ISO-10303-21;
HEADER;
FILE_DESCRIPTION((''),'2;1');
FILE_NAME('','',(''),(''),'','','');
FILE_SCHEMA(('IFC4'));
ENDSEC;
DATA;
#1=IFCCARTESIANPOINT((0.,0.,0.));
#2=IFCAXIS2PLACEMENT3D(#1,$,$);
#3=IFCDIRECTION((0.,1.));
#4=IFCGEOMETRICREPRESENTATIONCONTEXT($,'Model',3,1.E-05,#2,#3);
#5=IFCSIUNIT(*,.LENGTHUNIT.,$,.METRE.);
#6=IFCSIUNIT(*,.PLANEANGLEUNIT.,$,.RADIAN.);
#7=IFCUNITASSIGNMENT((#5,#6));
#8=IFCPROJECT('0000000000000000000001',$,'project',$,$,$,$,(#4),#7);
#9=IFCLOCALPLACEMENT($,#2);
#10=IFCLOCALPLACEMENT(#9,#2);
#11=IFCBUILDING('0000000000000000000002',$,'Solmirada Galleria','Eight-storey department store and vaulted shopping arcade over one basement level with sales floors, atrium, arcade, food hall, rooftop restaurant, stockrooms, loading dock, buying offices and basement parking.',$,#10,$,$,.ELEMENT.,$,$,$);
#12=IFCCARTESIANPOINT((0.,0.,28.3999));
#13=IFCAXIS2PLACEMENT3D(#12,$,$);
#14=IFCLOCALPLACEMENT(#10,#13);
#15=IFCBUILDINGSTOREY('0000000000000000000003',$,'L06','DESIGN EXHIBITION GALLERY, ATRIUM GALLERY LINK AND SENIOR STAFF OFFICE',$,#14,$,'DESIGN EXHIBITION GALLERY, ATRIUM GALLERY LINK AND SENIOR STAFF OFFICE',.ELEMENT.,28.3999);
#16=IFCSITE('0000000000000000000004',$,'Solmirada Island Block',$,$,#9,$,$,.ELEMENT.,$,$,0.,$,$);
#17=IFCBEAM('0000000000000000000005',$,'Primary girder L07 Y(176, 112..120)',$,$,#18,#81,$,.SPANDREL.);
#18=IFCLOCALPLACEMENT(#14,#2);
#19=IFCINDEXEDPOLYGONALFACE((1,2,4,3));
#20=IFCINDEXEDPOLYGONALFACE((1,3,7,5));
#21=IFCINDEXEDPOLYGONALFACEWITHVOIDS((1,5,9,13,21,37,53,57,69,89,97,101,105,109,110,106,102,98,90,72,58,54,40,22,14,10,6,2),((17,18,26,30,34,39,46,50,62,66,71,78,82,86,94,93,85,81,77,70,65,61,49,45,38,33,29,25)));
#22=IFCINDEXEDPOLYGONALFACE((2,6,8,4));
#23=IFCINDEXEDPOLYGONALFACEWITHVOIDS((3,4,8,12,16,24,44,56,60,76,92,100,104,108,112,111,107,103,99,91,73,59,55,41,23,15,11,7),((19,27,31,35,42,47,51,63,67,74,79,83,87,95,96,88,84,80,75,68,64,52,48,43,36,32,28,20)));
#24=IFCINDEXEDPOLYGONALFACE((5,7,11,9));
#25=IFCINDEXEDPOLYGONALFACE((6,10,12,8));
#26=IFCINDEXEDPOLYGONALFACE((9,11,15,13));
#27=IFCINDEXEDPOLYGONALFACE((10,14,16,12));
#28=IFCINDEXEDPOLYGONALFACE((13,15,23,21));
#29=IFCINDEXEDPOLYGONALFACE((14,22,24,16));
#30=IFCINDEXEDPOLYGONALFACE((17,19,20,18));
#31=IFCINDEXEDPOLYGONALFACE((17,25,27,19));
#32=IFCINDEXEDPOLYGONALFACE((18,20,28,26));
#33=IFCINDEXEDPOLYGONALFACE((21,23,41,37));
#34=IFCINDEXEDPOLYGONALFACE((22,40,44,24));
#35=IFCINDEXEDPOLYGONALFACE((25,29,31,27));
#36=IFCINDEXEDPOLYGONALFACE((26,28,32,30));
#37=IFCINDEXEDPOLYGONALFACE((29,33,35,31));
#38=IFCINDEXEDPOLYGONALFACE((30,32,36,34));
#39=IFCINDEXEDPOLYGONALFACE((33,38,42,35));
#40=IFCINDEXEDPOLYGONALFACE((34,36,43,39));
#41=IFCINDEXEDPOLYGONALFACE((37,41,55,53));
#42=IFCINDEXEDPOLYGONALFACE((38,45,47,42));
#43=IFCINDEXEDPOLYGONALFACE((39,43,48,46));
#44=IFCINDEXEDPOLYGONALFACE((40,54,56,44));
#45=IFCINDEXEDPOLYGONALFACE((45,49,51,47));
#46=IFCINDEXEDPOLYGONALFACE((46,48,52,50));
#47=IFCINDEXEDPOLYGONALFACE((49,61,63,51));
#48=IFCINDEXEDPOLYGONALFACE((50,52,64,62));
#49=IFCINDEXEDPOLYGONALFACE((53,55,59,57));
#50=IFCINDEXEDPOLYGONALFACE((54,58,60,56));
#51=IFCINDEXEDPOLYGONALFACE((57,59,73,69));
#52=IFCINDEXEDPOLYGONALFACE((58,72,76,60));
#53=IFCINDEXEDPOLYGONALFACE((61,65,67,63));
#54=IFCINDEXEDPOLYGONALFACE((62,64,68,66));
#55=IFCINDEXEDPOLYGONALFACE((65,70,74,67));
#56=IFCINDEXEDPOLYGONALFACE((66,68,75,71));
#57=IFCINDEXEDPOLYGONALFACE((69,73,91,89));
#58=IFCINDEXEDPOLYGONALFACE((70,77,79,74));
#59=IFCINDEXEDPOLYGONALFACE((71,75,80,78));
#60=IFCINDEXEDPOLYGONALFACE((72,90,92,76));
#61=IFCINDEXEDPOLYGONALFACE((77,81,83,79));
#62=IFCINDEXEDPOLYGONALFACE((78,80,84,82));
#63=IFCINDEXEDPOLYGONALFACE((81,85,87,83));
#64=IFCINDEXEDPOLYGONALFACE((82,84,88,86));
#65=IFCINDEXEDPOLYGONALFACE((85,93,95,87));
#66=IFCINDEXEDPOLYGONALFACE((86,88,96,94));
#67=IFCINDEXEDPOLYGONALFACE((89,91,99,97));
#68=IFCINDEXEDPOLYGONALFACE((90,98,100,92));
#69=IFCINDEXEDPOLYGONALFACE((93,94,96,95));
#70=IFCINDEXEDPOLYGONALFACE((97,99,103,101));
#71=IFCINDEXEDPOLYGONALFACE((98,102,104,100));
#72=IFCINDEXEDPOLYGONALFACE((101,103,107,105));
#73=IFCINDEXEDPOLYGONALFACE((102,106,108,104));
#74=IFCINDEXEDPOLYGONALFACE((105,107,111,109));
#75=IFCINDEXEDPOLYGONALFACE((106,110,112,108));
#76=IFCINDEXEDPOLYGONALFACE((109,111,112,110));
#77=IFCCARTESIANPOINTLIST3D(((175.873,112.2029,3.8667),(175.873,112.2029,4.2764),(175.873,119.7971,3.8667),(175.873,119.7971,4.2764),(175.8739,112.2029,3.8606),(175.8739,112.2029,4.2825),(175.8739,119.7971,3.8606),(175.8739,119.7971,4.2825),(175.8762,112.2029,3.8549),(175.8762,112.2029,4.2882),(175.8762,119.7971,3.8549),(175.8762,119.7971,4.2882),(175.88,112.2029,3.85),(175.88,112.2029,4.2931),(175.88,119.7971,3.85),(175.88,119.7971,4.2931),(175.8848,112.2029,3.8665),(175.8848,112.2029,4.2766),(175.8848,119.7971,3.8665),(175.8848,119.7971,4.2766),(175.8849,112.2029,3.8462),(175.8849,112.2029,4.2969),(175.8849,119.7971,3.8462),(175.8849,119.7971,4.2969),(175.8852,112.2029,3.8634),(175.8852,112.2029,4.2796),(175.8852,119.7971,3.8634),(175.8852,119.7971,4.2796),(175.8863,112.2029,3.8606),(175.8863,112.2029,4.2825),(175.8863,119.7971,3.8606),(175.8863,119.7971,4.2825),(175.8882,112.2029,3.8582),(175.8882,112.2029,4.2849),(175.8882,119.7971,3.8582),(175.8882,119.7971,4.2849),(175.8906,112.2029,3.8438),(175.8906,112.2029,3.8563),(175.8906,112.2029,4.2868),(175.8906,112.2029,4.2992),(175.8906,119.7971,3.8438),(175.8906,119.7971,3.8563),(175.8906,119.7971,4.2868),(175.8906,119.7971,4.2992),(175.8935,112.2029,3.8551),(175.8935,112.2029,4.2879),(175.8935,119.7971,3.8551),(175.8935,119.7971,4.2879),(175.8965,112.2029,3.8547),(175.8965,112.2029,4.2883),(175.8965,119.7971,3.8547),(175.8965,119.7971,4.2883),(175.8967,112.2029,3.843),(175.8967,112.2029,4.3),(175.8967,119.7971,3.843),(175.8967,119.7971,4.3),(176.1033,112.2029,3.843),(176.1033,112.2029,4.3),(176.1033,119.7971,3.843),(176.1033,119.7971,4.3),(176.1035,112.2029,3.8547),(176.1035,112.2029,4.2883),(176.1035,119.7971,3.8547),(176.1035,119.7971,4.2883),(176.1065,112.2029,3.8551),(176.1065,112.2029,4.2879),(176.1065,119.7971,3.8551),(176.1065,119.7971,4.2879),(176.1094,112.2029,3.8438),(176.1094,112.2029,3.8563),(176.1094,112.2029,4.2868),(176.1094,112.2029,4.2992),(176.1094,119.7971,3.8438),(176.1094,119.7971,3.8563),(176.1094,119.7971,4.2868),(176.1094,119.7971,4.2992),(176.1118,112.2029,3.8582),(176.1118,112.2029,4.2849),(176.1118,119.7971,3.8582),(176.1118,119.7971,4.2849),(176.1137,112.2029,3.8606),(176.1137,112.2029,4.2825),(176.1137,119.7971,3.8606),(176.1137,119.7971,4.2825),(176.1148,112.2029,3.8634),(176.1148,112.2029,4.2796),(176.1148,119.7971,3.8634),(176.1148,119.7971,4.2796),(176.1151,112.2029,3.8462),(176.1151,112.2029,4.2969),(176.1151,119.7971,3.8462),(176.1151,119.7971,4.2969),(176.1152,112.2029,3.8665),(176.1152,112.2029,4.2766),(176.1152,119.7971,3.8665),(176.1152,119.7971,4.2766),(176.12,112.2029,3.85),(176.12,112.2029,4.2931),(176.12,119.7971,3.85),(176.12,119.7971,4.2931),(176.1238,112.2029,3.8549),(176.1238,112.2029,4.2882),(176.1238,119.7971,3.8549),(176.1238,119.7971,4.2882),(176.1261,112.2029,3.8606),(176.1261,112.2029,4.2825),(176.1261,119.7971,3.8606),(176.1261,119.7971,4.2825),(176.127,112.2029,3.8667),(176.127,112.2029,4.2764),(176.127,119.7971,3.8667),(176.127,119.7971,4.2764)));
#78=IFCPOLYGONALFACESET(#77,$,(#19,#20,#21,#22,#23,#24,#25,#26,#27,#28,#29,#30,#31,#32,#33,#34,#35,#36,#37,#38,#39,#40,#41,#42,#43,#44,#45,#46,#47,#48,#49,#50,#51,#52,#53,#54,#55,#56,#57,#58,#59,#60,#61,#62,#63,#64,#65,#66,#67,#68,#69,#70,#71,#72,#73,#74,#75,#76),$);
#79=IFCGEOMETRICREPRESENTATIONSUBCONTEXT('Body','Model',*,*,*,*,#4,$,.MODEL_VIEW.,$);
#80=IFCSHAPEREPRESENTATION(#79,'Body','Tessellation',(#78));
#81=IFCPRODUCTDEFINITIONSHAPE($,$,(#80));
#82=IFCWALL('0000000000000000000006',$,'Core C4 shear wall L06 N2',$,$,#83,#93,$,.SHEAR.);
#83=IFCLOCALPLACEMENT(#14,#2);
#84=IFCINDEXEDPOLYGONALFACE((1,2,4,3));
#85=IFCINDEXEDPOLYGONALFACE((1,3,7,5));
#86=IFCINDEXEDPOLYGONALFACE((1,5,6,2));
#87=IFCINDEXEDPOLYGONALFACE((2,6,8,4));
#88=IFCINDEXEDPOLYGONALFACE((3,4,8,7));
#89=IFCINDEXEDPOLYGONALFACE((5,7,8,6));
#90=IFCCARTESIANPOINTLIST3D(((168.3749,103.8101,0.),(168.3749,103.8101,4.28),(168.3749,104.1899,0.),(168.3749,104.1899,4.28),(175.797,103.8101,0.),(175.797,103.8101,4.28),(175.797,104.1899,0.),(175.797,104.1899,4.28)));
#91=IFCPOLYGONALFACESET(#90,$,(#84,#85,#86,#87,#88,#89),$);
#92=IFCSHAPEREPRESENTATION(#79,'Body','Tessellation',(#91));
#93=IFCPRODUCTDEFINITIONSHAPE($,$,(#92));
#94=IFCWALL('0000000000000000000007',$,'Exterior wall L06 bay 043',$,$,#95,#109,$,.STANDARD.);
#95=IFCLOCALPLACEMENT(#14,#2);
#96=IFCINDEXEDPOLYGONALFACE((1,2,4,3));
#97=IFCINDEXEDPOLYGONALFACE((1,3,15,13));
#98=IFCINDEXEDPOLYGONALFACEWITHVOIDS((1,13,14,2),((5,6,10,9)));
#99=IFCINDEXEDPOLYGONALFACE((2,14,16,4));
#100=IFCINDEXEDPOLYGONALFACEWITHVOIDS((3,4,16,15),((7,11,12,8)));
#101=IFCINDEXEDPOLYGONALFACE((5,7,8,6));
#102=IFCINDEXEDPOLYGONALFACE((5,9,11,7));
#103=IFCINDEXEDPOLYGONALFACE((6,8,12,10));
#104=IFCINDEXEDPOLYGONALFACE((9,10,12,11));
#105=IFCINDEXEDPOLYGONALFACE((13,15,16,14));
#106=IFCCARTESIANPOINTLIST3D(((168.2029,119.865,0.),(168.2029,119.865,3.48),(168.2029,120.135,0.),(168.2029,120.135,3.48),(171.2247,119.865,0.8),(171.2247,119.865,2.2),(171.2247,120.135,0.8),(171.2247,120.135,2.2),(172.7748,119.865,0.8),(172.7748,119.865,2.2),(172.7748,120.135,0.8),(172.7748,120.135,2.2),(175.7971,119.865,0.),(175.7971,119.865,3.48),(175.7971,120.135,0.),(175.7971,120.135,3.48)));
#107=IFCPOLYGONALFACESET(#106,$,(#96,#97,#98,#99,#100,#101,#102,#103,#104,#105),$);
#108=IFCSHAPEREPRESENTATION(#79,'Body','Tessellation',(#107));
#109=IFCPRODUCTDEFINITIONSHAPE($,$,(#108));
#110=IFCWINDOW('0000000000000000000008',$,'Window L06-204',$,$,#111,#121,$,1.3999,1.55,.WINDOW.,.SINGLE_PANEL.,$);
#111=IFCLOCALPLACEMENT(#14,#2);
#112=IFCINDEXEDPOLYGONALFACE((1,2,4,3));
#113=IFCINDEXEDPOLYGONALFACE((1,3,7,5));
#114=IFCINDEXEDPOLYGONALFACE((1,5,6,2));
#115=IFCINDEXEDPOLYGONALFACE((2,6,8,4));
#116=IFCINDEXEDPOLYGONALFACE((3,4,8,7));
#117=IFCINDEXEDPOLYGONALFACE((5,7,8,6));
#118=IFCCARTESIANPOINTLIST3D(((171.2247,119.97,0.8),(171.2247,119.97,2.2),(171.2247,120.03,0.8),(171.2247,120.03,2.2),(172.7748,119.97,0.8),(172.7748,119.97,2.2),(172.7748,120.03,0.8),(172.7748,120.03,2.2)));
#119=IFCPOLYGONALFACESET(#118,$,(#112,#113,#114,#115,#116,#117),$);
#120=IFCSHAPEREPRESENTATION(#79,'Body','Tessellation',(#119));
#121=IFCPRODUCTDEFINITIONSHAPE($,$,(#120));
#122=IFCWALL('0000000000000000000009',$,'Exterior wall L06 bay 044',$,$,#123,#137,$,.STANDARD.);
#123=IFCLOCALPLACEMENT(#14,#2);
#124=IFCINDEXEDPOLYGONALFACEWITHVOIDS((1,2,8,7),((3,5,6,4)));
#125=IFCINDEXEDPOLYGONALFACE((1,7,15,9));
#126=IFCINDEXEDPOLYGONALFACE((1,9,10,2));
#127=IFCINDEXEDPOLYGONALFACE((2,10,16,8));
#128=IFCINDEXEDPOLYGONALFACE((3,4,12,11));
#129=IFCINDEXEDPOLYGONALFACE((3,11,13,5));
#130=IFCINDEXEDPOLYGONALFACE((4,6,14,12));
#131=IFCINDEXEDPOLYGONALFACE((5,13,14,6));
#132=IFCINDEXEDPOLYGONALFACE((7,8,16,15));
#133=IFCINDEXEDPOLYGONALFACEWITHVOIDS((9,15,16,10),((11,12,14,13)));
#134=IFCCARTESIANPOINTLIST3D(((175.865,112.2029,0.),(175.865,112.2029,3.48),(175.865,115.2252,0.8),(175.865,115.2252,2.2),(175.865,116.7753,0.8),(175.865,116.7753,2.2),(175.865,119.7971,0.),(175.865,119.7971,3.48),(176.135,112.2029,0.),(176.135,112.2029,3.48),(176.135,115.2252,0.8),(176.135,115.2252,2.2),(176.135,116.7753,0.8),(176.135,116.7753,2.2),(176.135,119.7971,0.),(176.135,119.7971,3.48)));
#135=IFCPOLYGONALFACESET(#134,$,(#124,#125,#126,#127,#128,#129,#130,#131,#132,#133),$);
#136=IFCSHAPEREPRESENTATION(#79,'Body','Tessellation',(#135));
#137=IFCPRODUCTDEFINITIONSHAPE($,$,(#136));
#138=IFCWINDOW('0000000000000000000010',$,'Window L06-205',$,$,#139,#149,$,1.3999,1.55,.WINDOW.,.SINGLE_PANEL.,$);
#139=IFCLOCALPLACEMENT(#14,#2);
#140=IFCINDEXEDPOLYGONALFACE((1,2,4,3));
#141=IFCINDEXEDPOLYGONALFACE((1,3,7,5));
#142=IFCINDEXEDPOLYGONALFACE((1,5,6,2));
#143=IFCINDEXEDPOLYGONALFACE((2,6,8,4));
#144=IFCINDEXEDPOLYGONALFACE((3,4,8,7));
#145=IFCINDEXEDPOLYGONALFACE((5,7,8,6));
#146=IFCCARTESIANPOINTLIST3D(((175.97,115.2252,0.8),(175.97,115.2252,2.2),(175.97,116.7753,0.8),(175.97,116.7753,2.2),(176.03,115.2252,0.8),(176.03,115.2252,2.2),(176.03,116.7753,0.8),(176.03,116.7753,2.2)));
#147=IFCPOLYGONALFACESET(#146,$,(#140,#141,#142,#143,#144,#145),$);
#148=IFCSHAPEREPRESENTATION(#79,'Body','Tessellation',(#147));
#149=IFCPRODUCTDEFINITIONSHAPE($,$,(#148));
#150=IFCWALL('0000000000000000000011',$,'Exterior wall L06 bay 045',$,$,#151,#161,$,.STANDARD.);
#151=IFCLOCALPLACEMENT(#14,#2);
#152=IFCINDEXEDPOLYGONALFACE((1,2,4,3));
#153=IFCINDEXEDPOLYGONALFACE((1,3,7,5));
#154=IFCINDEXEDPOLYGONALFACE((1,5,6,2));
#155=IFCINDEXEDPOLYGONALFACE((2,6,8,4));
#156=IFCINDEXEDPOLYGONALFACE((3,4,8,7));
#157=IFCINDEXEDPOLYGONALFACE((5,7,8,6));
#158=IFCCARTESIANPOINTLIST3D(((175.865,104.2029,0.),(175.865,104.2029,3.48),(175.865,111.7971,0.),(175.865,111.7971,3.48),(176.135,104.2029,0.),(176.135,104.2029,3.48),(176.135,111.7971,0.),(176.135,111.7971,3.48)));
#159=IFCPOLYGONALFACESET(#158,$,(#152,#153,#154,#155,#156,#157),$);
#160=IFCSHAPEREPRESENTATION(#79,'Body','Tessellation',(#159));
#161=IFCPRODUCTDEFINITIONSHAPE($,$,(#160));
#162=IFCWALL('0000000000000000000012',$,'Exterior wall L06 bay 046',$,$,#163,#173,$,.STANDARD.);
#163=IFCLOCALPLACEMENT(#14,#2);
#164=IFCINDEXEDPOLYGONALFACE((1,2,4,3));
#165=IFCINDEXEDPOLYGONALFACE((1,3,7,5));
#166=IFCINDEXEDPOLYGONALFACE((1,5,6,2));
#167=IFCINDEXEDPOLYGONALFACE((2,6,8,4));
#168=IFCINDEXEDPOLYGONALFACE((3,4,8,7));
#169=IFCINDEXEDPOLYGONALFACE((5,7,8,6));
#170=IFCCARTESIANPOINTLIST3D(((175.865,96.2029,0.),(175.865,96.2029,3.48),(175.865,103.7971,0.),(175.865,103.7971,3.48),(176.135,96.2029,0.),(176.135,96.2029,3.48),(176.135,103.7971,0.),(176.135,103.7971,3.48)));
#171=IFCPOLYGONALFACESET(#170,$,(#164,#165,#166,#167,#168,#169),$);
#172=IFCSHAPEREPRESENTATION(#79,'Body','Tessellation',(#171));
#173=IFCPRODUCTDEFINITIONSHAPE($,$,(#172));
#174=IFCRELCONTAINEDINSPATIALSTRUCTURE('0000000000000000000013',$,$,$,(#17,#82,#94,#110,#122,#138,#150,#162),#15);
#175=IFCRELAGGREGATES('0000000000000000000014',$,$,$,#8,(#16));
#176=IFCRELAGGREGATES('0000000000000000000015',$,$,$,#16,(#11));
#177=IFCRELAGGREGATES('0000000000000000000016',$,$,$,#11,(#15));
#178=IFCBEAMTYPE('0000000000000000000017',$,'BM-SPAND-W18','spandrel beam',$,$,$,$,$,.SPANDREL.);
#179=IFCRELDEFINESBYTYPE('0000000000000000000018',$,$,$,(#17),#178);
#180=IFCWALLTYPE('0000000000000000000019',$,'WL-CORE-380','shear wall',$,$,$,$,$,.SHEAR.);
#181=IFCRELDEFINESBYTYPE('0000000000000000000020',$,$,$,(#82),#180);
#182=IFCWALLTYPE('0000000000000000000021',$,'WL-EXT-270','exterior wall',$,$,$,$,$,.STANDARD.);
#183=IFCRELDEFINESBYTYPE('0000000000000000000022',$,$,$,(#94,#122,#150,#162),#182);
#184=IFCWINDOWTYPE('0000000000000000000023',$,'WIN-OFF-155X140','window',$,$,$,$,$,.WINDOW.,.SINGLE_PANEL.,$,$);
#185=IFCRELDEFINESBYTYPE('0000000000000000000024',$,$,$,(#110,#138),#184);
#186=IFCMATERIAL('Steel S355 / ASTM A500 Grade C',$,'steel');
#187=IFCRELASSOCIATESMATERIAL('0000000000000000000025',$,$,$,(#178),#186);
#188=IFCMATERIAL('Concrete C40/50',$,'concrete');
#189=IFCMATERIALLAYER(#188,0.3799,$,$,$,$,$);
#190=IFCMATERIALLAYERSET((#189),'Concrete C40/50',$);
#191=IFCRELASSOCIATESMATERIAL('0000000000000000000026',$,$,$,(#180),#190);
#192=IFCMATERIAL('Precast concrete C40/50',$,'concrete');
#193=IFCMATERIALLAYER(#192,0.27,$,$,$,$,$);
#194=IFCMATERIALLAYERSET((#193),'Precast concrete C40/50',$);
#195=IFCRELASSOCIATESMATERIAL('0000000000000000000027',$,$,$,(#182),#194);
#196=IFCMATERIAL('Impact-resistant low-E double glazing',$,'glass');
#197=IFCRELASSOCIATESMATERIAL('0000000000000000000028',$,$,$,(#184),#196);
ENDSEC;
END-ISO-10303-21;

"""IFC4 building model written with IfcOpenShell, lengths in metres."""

from ifc_helpers import new_model, si_unit, direction, frame, frame_2d, origin, origin_2d, place, context, subcontext, project, spatial, rectangle, hollow_rectangle, extrude, material, layer, layer_set, material_profile, profile_set, type_object, element, fill, save


model = new_model("IFC4")

# Units and contexts
model_context = context("Model", 3, precision=1e-05, world=origin(), true_north=direction((0.0, 1.0)))
body_context = subcontext(model_context, "Body", "Model", "MODEL_VIEW")
ifc_project = project(units=[si_unit("LENGTHUNIT", "METRE"), si_unit("PLANEANGLEUNIT", "RADIAN")], contexts=[model_context])

# Site, building, storey
site_placement = place(None, origin())
site = spatial("IfcSite", under=ifc_project, at=site_placement, Name="Solmirada Island Block", CompositionType="ELEMENT", RefElevation=0.0)
building_placement = place(site_placement, origin())
building = spatial("IfcBuilding", under=site, at=building_placement, Name="Solmirada Galleria", Description="Eight-storey department store and vaulted shopping arcade over one basement level with sales floors, atrium, arcade, food hall, rooftop restaurant, stockrooms, loading dock, buying offices and basement parking.", CompositionType="ELEMENT")
storey_placement = place(building_placement, frame((0.0, 0.0, 28.3999)))
storey = spatial("IfcBuildingStorey", under=building, at=storey_placement, Name="L06", Description="DESIGN EXHIBITION GALLERY, ATRIUM GALLERY LINK AND SENIOR STAFF OFFICE", LongName="DESIGN EXHIBITION GALLERY, ATRIUM GALLERY LINK AND SENIOR STAFF OFFICE", CompositionType="ELEMENT", Elevation=28.3999)

# Shared definitions
ifc_material_1 = material(Name="Steel S355 / ASTM A500 Grade C", Category="steel")
ifc_material_2 = material(Name="Concrete C40/50", Category="concrete")

# Beam
ifc_material_profile_1 = material_profile(ifc_material_1, hollow_rectangle(XDim=0.2539, YDim=0.457, WallThickness=0.0117, InnerFilletRadius=0.0117, OuterFilletRadius=0.0237, at=origin_2d()), Name="HSS18X10X1/2")
ifc_profile_set_1 = profile_set([ifc_material_profile_1], Name="Steel S355 / ASTM A500 Grade C")
beam_type_1 = type_object("IfcBeamType", Name="BM-SPAND-W18", Description="spandrel beam", PredefinedType="SPANDREL", material=ifc_profile_set_1)
for number, where, z_axis, x_axis, name in (
    (1, (176.0, 112.2029, 4.0715), (0.0, 1.0, 0.0), (-1.0, 0.0, 0.0), "Primary girder L07 Y(176, 112..120)"),
):
    element("IfcBeam", number, at=place(storey_placement, frame(where, z_axis=z_axis, x_axis=x_axis)), inside=storey, type_object=beam_type_1, Name=name, PredefinedType="SPANDREL", context=body_context, shape_type="SweptSolid", body=[
        extrude(hollow_rectangle(XDim=0.2539, YDim=0.457, WallThickness=0.0117, InnerFilletRadius=0.0117, OuterFilletRadius=0.0237, at=origin_2d()), origin(), (0.0, 0.0, 1.0), 7.5942),
    ])

# Wall
ifc_layer_1 = layer(ifc_material_2, 0.3799)
ifc_layer_set_1 = layer_set([ifc_layer_1], Name="Concrete C40/50")
wall_type_1 = type_object("IfcWallType", Name="WL-CORE-380", Description="shear wall", PredefinedType="SHEAR", material=ifc_layer_set_1)
wall_1_placement = place(storey_placement, frame((168.375, 104.0, 0.0), z_axis=(0.0, 0.0, 1.0), x_axis=(1.0, 0.0, 0.0)))
element("IfcWall", 2, at=wall_1_placement, inside=storey, type_object=wall_type_1, Name="Core C4 shear wall L06 N2", PredefinedType="SHEAR", context=body_context, shape_type="SweptSolid", body=[
    extrude(rectangle(XDim=7.4221, YDim=0.3799, at=frame_2d((3.7109, 0.0))), origin(), (0.0, 0.0, 1.0), 4.28),
])

# Walls, openings, windows
ifc_material_3 = material(Name="Precast concrete C40/50", Category="concrete")
ifc_layer_2 = layer(ifc_material_3, 0.27)
ifc_layer_set_2 = layer_set([ifc_layer_2], Name="Precast concrete C40/50")
wall_type_2 = type_object("IfcWallType", Name="WL-EXT-270", Description="exterior wall", PredefinedType="STANDARD", material=ifc_layer_set_2)
wall_2_placement = place(storey_placement, frame((168.2029, 120.0, 0.0), z_axis=(0.0, 0.0, 1.0), x_axis=(1.0, 0.0, 0.0)))
wall_2 = element("IfcWall", 3, at=wall_2_placement, inside=storey, type_object=wall_type_2, Name="Exterior wall L06 bay 043", PredefinedType="STANDARD", context=body_context, shape_type="SweptSolid", body=[
    extrude(rectangle(XDim=7.5942, YDim=0.27, at=frame_2d((3.7971, 0.0))), origin(), (0.0, 0.0, 1.0), 3.48),
])
opening_1_placement = place(wall_2_placement, frame((3.022, 0.0, 0.8)))
opening_1 = element("IfcOpeningElement", 4, at=opening_1_placement, cuts=wall_2, PredefinedType="OPENING", context=body_context, shape_type="SweptSolid", body=[
    extrude(rectangle(XDim=1.55, YDim=1.3999, at=frame_2d((0.7749, 0.7))), frame((0.0, 0.145, 0.0), z_axis=(0.0, -1.0, 0.0), x_axis=(1.0, 0.0, 0.0)), (0.0, 0.0, 1.0), 0.29),
])
ifc_material_4 = material(Name="Impact-resistant low-E double glazing", Category="glass")
window_type = type_object("IfcWindowType", Name="WIN-OFF-155X140", Description="window", PartitioningType="SINGLE_PANEL", PredefinedType="WINDOW", material=ifc_material_4)
window_1_placement = place(opening_1_placement, origin())
window_1 = element("IfcWindow", 5, at=window_1_placement, inside=storey, type_object=window_type, Name="Window L06-204", OverallHeight=1.3999, OverallWidth=1.55, PartitioningType="SINGLE_PANEL", PredefinedType="WINDOW", context=body_context, shape_type="SweptSolid", body=[
    extrude(rectangle(XDim=1.55, YDim=1.3999, at=frame_2d((0.7749, 0.7))), frame((0.0, 0.03, 0.0), z_axis=(0.0, -1.0, 0.0), x_axis=(1.0, 0.0, 0.0)), (0.0, 0.0, 1.0), 0.0601),
])
fill(opening_1, window_1)
wall_3_placement = place(storey_placement, frame((176.0, 119.7971, 0.0), z_axis=(0.0, 0.0, 1.0), x_axis=(0.0, -1.0, 0.0)))
wall_3 = element("IfcWall", 6, at=wall_3_placement, inside=storey, type_object=wall_type_2, Name="Exterior wall L06 bay 044", PredefinedType="STANDARD", context=body_context, shape_type="SweptSolid", body=[
    extrude(rectangle(XDim=7.5942, YDim=0.27, at=frame_2d((3.7971, 0.0))), origin(), (0.0, 0.0, 1.0), 3.48),
])
opening_2_placement = place(wall_3_placement, frame((3.022, 0.0, 0.8)))
opening_2 = element("IfcOpeningElement", 7, at=opening_2_placement, cuts=wall_3, PredefinedType="OPENING", context=body_context, shape_type="SweptSolid", body=[
    extrude(rectangle(XDim=1.55, YDim=1.3999, at=frame_2d((0.7749, 0.7))), frame((0.0, 0.145, 0.0), z_axis=(0.0, -1.0, 0.0), x_axis=(1.0, 0.0, 0.0)), (0.0, 0.0, 1.0), 0.29),
])
window_2_placement = place(opening_2_placement, origin())
window_2 = element("IfcWindow", 8, at=window_2_placement, inside=storey, type_object=window_type, Name="Window L06-205", OverallHeight=1.3999, OverallWidth=1.55, PartitioningType="SINGLE_PANEL", PredefinedType="WINDOW", context=body_context, shape_type="SweptSolid", body=[
    extrude(rectangle(XDim=1.55, YDim=1.3999, at=frame_2d((0.7749, 0.7))), frame((0.0, 0.03, 0.0), z_axis=(0.0, -1.0, 0.0), x_axis=(1.0, 0.0, 0.0)), (0.0, 0.0, 1.0), 0.0601),
])
fill(opening_2, window_2)

# Walls
for number, where, z_axis, x_axis, name in (
    (9, (176.0, 111.7971, 0.0), (0.0, 0.0, 1.0), (0.0, -1.0, 0.0), "Exterior wall L06 bay 045"),
    (10, (176.0, 103.7971, 0.0), (0.0, 0.0, 1.0), (0.0, -1.0, 0.0), "Exterior wall L06 bay 046"),
):
    element("IfcWall", number, at=place(storey_placement, frame(where, z_axis=z_axis, x_axis=x_axis)), inside=storey, type_object=wall_type_2, Name=name, PredefinedType="STANDARD", context=body_context, shape_type="SweptSolid", body=[
        extrude(rectangle(XDim=7.5942, YDim=0.27, at=frame_2d((3.7971, 0.0))), origin(), (0.0, 0.0, 1.0), 3.48),
    ])

save(model, "model.ifc")
